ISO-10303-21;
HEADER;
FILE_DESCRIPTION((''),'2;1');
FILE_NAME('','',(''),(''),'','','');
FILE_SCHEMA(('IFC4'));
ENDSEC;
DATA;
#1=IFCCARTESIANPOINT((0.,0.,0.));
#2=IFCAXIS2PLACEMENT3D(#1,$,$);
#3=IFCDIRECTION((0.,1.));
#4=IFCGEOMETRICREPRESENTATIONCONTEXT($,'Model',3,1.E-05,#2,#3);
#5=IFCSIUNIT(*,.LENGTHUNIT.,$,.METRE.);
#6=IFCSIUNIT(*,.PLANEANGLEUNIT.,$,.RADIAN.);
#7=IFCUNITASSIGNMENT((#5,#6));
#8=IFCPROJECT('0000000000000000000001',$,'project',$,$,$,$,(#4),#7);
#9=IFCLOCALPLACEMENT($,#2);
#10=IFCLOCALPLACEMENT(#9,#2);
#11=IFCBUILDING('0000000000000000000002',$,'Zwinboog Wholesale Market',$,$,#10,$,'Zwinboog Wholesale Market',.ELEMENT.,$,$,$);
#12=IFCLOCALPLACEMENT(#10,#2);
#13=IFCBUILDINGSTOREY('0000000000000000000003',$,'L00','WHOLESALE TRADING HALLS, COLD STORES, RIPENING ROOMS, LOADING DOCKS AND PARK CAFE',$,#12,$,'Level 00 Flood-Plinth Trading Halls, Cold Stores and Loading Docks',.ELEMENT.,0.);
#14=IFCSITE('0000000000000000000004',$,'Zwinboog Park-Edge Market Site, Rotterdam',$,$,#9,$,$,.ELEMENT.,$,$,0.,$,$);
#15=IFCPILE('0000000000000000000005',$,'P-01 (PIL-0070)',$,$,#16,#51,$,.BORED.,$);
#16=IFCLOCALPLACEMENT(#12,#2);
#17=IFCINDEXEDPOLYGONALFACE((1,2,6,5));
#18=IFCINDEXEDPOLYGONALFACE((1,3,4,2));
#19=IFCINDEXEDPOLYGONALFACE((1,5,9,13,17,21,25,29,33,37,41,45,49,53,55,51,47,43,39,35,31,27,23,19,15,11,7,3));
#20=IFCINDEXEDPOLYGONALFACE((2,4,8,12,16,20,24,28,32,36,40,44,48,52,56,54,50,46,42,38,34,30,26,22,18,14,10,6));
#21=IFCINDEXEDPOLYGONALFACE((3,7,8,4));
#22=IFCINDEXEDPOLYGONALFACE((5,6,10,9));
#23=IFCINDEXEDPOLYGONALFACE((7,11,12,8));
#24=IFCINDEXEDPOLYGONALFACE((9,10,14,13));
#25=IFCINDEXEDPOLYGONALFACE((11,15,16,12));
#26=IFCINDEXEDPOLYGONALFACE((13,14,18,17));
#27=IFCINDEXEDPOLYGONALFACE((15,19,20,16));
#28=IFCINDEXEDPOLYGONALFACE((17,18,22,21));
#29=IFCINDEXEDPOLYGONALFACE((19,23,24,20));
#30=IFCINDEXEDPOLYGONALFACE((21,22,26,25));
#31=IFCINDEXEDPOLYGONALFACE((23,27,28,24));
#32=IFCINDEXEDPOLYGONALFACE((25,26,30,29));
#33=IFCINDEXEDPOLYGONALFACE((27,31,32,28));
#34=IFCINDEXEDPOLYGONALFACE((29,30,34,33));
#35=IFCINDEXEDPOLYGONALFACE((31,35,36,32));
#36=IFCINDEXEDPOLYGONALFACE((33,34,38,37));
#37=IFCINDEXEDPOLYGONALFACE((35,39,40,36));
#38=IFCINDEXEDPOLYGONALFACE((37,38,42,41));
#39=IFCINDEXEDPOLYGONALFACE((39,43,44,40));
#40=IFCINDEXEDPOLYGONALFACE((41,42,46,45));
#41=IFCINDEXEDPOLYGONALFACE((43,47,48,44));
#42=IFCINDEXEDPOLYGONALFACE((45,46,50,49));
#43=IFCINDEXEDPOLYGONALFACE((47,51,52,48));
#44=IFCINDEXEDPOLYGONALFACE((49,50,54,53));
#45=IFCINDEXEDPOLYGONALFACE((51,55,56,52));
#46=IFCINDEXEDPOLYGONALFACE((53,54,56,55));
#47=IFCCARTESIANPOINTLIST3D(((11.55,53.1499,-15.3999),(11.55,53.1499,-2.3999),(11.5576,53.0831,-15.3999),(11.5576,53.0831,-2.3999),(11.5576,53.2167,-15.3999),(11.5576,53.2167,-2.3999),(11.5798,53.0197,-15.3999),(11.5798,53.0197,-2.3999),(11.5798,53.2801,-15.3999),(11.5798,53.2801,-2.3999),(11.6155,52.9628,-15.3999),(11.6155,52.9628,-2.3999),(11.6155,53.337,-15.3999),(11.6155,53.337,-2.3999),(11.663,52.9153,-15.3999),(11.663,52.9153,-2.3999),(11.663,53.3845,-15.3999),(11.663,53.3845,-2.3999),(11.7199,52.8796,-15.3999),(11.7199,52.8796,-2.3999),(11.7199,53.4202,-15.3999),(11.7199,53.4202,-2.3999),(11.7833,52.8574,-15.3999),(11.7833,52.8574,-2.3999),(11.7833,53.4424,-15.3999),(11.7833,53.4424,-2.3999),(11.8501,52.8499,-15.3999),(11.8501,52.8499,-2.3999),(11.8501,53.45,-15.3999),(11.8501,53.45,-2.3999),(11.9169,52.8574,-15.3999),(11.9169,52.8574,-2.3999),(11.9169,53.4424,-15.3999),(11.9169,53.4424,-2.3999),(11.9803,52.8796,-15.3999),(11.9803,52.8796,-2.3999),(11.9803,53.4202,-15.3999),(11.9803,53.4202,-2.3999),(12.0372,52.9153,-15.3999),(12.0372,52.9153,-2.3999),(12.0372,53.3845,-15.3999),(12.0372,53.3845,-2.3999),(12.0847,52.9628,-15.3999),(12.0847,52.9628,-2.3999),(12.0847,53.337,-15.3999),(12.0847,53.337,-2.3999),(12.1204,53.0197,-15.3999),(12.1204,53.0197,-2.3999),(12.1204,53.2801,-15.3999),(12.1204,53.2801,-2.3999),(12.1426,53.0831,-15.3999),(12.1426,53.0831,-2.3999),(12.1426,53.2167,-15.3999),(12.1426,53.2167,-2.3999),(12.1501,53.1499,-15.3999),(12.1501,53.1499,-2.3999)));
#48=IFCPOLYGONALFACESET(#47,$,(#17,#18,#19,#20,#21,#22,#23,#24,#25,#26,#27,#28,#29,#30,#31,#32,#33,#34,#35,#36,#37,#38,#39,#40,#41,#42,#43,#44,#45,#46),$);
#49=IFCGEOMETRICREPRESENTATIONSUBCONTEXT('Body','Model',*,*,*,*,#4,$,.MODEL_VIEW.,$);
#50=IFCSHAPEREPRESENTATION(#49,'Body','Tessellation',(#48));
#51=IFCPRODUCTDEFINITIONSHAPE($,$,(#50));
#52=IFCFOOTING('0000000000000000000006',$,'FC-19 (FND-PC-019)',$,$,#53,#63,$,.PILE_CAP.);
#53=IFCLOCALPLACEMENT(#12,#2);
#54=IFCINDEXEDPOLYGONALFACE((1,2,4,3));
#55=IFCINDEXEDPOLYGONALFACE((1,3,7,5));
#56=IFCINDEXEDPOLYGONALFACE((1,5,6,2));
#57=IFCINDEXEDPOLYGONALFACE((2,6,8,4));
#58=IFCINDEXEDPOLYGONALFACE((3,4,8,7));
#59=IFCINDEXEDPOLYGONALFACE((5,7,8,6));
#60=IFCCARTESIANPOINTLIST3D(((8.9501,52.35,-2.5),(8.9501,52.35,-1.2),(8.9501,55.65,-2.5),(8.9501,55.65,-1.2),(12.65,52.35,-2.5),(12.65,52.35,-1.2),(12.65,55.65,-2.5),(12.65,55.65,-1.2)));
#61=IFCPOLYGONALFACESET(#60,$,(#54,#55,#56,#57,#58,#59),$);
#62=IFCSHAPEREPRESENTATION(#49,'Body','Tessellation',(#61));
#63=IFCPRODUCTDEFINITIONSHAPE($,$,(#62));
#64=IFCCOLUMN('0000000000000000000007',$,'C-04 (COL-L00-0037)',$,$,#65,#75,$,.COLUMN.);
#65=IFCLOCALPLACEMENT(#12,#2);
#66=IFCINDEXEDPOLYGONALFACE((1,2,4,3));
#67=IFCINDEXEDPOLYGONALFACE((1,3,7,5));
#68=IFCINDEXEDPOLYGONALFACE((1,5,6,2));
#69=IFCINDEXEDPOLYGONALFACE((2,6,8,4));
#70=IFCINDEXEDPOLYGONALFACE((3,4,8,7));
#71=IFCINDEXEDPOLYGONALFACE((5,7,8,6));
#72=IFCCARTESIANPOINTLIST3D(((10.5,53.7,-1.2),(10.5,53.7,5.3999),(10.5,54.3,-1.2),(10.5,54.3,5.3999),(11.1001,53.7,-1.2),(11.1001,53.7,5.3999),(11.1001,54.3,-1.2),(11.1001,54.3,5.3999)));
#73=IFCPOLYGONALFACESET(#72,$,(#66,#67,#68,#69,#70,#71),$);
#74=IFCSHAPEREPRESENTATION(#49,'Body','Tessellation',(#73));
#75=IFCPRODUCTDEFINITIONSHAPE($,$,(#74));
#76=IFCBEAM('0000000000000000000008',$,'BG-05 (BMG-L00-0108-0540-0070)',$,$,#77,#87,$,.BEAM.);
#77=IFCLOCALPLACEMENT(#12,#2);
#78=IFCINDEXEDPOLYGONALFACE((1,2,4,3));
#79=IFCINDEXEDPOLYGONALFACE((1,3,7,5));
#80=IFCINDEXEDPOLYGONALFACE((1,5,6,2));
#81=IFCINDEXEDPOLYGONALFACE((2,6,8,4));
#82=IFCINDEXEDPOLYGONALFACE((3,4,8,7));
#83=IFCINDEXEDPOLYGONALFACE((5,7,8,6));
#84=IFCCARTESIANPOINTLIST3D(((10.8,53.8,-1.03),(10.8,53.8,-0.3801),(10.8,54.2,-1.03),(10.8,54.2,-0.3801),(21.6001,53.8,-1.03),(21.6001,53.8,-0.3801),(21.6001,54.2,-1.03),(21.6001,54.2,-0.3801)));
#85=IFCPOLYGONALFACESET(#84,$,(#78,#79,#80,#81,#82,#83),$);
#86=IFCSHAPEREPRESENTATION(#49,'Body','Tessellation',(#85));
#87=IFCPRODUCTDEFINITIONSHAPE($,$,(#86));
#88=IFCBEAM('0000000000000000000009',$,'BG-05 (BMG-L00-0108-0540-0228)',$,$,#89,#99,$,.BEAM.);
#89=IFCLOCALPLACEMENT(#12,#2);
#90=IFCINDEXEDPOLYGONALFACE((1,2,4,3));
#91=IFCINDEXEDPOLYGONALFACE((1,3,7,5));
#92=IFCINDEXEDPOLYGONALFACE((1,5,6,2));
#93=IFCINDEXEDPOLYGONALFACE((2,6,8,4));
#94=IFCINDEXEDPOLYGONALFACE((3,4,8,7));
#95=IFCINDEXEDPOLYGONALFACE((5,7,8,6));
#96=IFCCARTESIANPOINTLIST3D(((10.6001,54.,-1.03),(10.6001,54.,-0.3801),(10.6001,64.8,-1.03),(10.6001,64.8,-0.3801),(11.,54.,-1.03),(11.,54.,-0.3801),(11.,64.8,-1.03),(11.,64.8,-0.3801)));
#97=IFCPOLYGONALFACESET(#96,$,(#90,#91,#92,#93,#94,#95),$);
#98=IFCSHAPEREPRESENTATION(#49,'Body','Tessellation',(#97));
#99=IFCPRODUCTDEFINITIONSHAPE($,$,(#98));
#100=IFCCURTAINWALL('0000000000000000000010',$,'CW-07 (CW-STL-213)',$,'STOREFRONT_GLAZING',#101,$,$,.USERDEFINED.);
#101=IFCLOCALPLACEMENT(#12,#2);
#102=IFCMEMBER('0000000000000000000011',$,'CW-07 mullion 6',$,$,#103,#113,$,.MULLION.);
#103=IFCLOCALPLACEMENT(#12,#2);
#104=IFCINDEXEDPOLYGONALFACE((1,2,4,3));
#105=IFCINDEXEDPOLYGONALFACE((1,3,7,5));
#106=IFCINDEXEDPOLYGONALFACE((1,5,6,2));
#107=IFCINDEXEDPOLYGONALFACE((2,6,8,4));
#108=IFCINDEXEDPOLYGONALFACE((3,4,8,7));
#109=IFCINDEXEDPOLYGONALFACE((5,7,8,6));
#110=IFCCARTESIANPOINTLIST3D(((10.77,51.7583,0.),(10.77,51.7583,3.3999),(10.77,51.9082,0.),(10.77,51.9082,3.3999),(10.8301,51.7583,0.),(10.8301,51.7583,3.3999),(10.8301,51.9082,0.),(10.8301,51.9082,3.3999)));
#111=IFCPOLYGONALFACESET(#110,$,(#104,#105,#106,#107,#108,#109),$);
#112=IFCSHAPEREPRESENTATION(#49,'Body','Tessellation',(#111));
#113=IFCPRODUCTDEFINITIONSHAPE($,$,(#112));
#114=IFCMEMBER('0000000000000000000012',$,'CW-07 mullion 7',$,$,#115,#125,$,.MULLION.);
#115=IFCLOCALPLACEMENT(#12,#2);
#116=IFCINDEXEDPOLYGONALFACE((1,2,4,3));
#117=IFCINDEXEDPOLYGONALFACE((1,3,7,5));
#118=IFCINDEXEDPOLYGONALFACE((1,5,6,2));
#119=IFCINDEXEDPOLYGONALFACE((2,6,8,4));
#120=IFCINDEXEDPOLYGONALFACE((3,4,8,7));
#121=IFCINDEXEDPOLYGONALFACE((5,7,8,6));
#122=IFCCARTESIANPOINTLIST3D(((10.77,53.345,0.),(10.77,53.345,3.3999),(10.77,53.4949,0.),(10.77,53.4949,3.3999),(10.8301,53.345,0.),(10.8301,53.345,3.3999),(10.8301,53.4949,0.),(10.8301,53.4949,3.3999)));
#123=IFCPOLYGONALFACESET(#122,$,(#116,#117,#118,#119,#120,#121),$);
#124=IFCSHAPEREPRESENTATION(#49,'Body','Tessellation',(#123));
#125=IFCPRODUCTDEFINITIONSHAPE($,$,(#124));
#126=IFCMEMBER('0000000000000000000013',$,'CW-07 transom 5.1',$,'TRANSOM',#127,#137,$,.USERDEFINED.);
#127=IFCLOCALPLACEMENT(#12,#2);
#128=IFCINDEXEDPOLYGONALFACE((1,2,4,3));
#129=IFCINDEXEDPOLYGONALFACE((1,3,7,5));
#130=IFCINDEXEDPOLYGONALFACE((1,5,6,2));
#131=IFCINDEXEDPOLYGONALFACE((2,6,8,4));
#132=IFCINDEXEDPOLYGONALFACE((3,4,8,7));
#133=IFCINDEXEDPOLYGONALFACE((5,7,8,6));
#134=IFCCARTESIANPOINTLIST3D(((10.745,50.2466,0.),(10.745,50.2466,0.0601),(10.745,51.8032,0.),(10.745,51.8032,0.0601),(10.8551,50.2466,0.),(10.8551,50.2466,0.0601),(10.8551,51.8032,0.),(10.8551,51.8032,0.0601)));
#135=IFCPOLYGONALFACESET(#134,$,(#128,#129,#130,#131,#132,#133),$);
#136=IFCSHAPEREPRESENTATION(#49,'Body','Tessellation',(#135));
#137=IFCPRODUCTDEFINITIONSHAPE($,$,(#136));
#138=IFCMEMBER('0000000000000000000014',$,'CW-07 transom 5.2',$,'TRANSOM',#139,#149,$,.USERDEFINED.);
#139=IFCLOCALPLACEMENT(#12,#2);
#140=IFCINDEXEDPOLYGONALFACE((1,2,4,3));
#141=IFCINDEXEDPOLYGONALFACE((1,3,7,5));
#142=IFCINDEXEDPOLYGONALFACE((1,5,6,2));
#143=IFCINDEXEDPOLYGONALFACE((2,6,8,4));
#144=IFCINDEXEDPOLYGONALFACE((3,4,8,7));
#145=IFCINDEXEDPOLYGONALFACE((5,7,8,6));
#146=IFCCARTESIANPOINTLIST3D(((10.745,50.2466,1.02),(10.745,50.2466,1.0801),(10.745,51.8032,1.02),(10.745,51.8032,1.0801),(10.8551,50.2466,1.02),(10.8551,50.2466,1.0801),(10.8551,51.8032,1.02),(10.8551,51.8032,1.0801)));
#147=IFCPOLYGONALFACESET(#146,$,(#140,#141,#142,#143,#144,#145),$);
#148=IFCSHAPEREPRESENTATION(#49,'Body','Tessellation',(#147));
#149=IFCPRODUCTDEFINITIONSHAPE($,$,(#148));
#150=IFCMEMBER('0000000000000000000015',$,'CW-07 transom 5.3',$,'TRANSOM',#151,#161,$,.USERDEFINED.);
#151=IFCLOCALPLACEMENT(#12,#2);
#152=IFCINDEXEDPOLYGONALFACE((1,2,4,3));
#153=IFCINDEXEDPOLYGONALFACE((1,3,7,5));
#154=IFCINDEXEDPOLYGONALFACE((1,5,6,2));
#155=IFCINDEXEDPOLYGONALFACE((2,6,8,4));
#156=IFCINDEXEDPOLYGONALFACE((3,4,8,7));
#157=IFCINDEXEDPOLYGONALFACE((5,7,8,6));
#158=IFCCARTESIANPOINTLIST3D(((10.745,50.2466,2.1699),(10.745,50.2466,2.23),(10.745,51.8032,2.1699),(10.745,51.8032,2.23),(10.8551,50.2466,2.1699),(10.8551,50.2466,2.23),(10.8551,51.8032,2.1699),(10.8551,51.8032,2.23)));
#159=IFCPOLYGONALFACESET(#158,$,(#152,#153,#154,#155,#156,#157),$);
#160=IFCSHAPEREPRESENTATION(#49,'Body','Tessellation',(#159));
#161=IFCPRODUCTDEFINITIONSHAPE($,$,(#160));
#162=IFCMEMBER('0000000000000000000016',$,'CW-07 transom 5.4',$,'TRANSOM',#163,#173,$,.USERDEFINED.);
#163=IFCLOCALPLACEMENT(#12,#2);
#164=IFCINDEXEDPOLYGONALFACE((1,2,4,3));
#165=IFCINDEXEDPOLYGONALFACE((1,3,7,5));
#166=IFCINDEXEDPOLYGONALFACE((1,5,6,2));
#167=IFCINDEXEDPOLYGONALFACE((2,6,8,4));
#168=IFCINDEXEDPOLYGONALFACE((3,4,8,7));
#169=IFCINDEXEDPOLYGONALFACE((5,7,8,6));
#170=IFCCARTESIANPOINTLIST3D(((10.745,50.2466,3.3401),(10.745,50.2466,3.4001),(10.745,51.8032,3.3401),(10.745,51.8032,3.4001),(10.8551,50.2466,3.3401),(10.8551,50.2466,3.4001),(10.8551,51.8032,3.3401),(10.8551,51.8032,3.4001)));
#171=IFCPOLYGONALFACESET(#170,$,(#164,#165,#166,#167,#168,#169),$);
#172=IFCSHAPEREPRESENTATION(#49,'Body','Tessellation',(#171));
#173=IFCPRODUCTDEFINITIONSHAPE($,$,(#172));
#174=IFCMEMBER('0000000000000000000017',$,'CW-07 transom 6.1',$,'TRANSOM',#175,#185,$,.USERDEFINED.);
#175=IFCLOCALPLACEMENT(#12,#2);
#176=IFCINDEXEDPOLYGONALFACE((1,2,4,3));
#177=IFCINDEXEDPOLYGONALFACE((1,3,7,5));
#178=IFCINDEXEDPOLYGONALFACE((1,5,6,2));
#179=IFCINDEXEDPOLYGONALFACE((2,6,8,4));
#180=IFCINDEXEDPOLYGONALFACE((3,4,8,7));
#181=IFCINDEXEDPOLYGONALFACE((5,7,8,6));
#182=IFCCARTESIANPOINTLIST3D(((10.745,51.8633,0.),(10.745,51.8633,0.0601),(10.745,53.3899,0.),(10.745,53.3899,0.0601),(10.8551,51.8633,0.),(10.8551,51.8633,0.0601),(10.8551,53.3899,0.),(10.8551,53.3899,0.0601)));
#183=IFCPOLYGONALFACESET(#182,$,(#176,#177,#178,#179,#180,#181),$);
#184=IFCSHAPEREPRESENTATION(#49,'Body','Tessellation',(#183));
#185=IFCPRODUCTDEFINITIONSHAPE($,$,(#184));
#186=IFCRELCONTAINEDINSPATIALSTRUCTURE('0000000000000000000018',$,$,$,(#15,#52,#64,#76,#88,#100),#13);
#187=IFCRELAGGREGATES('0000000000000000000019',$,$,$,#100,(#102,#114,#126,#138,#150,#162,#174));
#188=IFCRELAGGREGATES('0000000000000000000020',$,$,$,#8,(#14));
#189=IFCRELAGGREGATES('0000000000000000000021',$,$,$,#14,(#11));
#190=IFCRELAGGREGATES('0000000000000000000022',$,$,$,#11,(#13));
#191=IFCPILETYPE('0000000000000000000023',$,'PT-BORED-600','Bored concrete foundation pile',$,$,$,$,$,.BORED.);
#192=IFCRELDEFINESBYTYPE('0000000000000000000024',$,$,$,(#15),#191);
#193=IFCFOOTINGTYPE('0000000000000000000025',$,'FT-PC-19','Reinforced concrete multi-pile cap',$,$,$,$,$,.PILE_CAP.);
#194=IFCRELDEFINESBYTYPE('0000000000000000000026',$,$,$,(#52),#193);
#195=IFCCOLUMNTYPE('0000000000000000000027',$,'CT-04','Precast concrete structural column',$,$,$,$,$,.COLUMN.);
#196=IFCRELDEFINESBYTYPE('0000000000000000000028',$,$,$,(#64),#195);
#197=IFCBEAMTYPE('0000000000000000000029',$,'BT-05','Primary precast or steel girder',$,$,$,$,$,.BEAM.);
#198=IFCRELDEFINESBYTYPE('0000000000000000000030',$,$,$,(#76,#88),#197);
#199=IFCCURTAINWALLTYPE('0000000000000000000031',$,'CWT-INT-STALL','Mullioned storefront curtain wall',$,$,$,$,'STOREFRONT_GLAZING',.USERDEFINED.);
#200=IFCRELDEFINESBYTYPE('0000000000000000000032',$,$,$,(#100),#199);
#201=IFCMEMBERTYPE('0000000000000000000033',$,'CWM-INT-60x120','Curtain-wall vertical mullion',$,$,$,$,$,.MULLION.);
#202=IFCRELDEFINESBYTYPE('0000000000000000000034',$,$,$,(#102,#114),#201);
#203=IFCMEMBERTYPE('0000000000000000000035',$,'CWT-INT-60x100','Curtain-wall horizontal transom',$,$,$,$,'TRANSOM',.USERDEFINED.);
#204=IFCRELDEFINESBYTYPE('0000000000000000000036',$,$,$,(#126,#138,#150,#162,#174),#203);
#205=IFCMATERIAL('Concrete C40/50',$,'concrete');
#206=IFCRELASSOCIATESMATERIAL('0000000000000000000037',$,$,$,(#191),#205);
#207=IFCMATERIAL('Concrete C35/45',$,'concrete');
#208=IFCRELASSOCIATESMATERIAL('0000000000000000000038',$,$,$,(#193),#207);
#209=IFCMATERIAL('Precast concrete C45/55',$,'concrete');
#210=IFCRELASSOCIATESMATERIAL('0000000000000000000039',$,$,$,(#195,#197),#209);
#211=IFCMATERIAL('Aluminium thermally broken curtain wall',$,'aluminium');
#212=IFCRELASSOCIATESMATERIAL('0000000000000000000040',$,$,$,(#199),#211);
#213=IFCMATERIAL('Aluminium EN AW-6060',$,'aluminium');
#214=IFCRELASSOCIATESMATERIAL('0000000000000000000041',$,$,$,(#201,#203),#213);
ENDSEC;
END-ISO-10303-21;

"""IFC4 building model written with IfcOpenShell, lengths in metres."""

from ifc_helpers import new_model, si_unit, direction, frame, origin, origin_2d, place, context, subcontext, project, spatial, rectangle, circle, extrude, material, material_profile, profile_set, type_object, element, aggregate, save


model = new_model("IFC4")

# Units and contexts
model_context = context("Model", 3, precision=1e-05, world=origin(), true_north=direction((0.0, 1.0)))
body_context = subcontext(model_context, "Body", "Model", "MODEL_VIEW")
ifc_project = project(units=[si_unit("LENGTHUNIT", "METRE"), si_unit("PLANEANGLEUNIT", "RADIAN")], contexts=[model_context])

# Site, building, storey
site_placement = place(None, origin())
site = spatial("IfcSite", under=ifc_project, at=site_placement, Name="Zwinboog Park-Edge Market Site, Rotterdam", CompositionType="ELEMENT", RefElevation=0.0)
building_placement = place(site_placement, origin())
building = spatial("IfcBuilding", under=site, at=building_placement, Name="Zwinboog Wholesale Market", LongName="Zwinboog Wholesale Market", CompositionType="ELEMENT")
storey_placement = place(building_placement, origin())
storey = spatial("IfcBuildingStorey", under=building, at=storey_placement, Name="L00", Description="WHOLESALE TRADING HALLS, COLD STORES, RIPENING ROOMS, LOADING DOCKS AND PARK CAFE", LongName="Level 00 Flood-Plinth Trading Halls, Cold Stores and Loading Docks", CompositionType="ELEMENT", Elevation=0.0)

# Pile
ifc_material_1 = material(Name="Concrete C40/50", Category="concrete")
ifc_material_profile_1 = material_profile(ifc_material_1, circle(Radius=0.3, at=origin_2d()), Name="PILE D600")
ifc_profile_set_1 = profile_set([ifc_material_profile_1], Name="Concrete C40/50")
pile_type = type_object("IfcPileType", Name="PT-BORED-600", Description="Bored concrete foundation pile", PredefinedType="BORED", material=ifc_profile_set_1)
pile_placement = place(storey_placement, frame((11.8501, 53.1499, -2.3999), z_axis=(0.0, 0.0, -1.0), x_axis=(1.0, 0.0, 0.0)))
element("IfcPile", 1, at=pile_placement, inside=storey, type_object=pile_type, Name="P-01 (PIL-0070)", PredefinedType="BORED", context=body_context, shape_type="SweptSolid", body=[
    extrude(circle(Radius=0.3, at=origin_2d()), origin(), (0.0, 0.0, 1.0), 13.0),
])

# Footing
ifc_material_2 = material(Name="Concrete C35/45", Category="concrete")
footing_type = type_object("IfcFootingType", Name="FT-PC-19", Description="Reinforced concrete multi-pile cap", PredefinedType="PILE_CAP", material=ifc_material_2)
footing_placement = place(storey_placement, frame((10.8, 54.0, -2.5), z_axis=(0.0, 0.0, 1.0), x_axis=(1.0, 0.0, 0.0)))
element("IfcFooting", 2, at=footing_placement, inside=storey, type_object=footing_type, Name="FC-19 (FND-PC-019)", PredefinedType="PILE_CAP", context=body_context, shape_type="SweptSolid", body=[
    extrude(rectangle(XDim=3.7, YDim=3.3, at=origin_2d()), origin(), (0.0, 0.0, 1.0), 1.3),
])

# Column
ifc_material_3 = material(Name="Precast concrete C45/55", Category="concrete")
ifc_material_profile_2 = material_profile(ifc_material_3, rectangle(XDim=0.6001, YDim=0.6001, at=origin_2d()), Name="PC 600x600")
ifc_profile_set_2 = profile_set([ifc_material_profile_2], Name="Precast concrete C45/55")
column_type = type_object("IfcColumnType", Name="CT-04", Description="Precast concrete structural column", PredefinedType="COLUMN", material=ifc_profile_set_2)
column_placement = place(storey_placement, frame((10.8, 54.0, -1.2), z_axis=(0.0, 0.0, 1.0), x_axis=(1.0, 0.0, 0.0)))
element("IfcColumn", 3, at=column_placement, inside=storey, type_object=column_type, Name="C-04 (COL-L00-0037)", PredefinedType="COLUMN", context=body_context, shape_type="SweptSolid", body=[
    extrude(rectangle(XDim=0.6001, YDim=0.6001, at=origin_2d()), origin(), (0.0, 0.0, 1.0), 6.5999),
])

# Beams
ifc_material_profile_3 = material_profile(ifc_material_3, rectangle(XDim=0.3999, YDim=0.6499, at=origin_2d()), Name="PC 400x650")
ifc_profile_set_3 = profile_set([ifc_material_profile_3], Name="Precast concrete C45/55")
beam_type = type_object("IfcBeamType", Name="BT-05", Description="Primary precast or steel girder", PredefinedType="BEAM", material=ifc_profile_set_3)
for number, where, z_axis, x_axis, name in (
    (4, (10.8, 54.0, -0.7051), (1.0, 0.0, 0.0), (0.0, 1.0, 0.0), "BG-05 (BMG-L00-0108-0540-0070)"),
    (5, (10.8, 54.0, -0.7051), (0.0, 1.0, 0.0), (-1.0, 0.0, 0.0), "BG-05 (BMG-L00-0108-0540-0228)"),
):
    element("IfcBeam", number, at=place(storey_placement, frame(where, z_axis=z_axis, x_axis=x_axis)), inside=storey, type_object=beam_type, Name=name, PredefinedType="BEAM", context=body_context, shape_type="SweptSolid", body=[
        extrude(rectangle(XDim=0.3999, YDim=0.6499, at=origin_2d()), origin(), (0.0, 0.0, 1.0), 10.8),
    ])

# Curtain wall, members
ifc_material_4 = material(Name="Aluminium thermally broken curtain wall", Category="aluminium")
curtain_wall_type = type_object("IfcCurtainWallType", Name="CWT-INT-STALL", Description="Mullioned storefront curtain wall", ElementType="STOREFRONT_GLAZING", PredefinedType="USERDEFINED", material=ifc_material_4)
curtain_wall_placement = place(storey_placement, origin())
curtain_wall = element("IfcCurtainWall", 6, at=curtain_wall_placement, inside=storey, type_object=curtain_wall_type, Name="CW-07 (CW-STL-213)", ObjectType="STOREFRONT_GLAZING", PredefinedType="USERDEFINED")
ifc_material_5 = material(Name="Aluminium EN AW-6060", Category="aluminium")
ifc_material_profile_4 = material_profile(ifc_material_5, rectangle(XDim=0.0601, YDim=0.1499, at=origin_2d()), Name="AL 60x150")
ifc_profile_set_4 = profile_set([ifc_material_profile_4], Name="Aluminium EN AW-6060")
member_type_1 = type_object("IfcMemberType", Name="CWM-INT-60x120", Description="Curtain-wall vertical mullion", PredefinedType="MULLION", material=ifc_profile_set_4)
member_1_placement = place(storey_placement, frame((10.8, 51.8333, 0.0), z_axis=(0.0, 0.0, 1.0), x_axis=(-1.0, 0.0, 0.0)))
member_1 = element("IfcMember", 7, at=member_1_placement, type_object=member_type_1, Name="CW-07 mullion 6", PredefinedType="MULLION", context=body_context, shape_type="SweptSolid", body=[
    extrude(rectangle(XDim=0.0601, YDim=0.1499, at=origin_2d()), origin(), (0.0, 0.0, 1.0), 3.3999),
])
member_2_placement = place(storey_placement, frame((10.8, 53.4199, 0.0), z_axis=(0.0, 0.0, 1.0), x_axis=(-1.0, 0.0, 0.0)))
member_2 = element("IfcMember", 8, at=member_2_placement, type_object=member_type_1, Name="CW-07 mullion 7", PredefinedType="MULLION", context=body_context, shape_type="SweptSolid", body=[
    extrude(rectangle(XDim=0.0601, YDim=0.1499, at=origin_2d()), origin(), (0.0, 0.0, 1.0), 3.3999),
])
ifc_material_profile_5 = material_profile(ifc_material_5, rectangle(XDim=0.1101, YDim=0.0601, at=origin_2d()), Name="AL 60x110")
ifc_profile_set_5 = profile_set([ifc_material_profile_5], Name="Aluminium EN AW-6060")
member_type_2 = type_object("IfcMemberType", Name="CWT-INT-60x100", Description="Curtain-wall horizontal transom", ElementType="TRANSOM", PredefinedType="USERDEFINED", material=ifc_profile_set_5)
member_3_placement = place(storey_placement, frame((10.8, 50.2466, 0.03), z_axis=(0.0, 1.0, 0.0), x_axis=(-1.0, 0.0, 0.0)))
member_3 = element("IfcMember", 9, at=member_3_placement, type_object=member_type_2, Name="CW-07 transom 5.1", ObjectType="TRANSOM", PredefinedType="USERDEFINED", context=body_context, shape_type="SweptSolid", body=[
    extrude(rectangle(XDim=0.1101, YDim=0.0601, at=origin_2d()), origin(), (0.0, 0.0, 1.0), 1.5566),
])
member_4_placement = place(storey_placement, frame((10.8, 50.2466, 1.05), z_axis=(0.0, 1.0, 0.0), x_axis=(-1.0, 0.0, 0.0)))
member_4 = element("IfcMember", 10, at=member_4_placement, type_object=member_type_2, Name="CW-07 transom 5.2", ObjectType="TRANSOM", PredefinedType="USERDEFINED", context=body_context, shape_type="SweptSolid", body=[
    extrude(rectangle(XDim=0.1101, YDim=0.0601, at=origin_2d()), origin(), (0.0, 0.0, 1.0), 1.5566),
])
member_5_placement = place(storey_placement, frame((10.8, 50.2466, 2.2), z_axis=(0.0, 1.0, 0.0), x_axis=(-1.0, 0.0, 0.0)))
member_5 = element("IfcMember", 11, at=member_5_placement, type_object=member_type_2, Name="CW-07 transom 5.3", ObjectType="TRANSOM", PredefinedType="USERDEFINED", context=body_context, shape_type="SweptSolid", body=[
    extrude(rectangle(XDim=0.1101, YDim=0.0601, at=origin_2d()), origin(), (0.0, 0.0, 1.0), 1.5566),
])
member_6_placement = place(storey_placement, frame((10.8, 50.2466, 3.3701), z_axis=(0.0, 1.0, 0.0), x_axis=(-1.0, 0.0, 0.0)))
member_6 = element("IfcMember", 12, at=member_6_placement, type_object=member_type_2, Name="CW-07 transom 5.4", ObjectType="TRANSOM", PredefinedType="USERDEFINED", context=body_context, shape_type="SweptSolid", body=[
    extrude(rectangle(XDim=0.1101, YDim=0.0601, at=origin_2d()), origin(), (0.0, 0.0, 1.0), 1.5566),
])
member_7_placement = place(storey_placement, frame((10.8, 51.8633, 0.03), z_axis=(0.0, 1.0, 0.0), x_axis=(-1.0, 0.0, 0.0)))
member_7 = element("IfcMember", 13, at=member_7_placement, type_object=member_type_2, Name="CW-07 transom 6.1", ObjectType="TRANSOM", PredefinedType="USERDEFINED", context=body_context, shape_type="SweptSolid", body=[
    extrude(rectangle(XDim=0.1101, YDim=0.0601, at=origin_2d()), origin(), (0.0, 0.0, 1.0), 1.5266),
])
aggregate(curtain_wall, [member_1, member_2, member_3, member_4, member_5, member_6, member_7])

save(model, "model.ifc")
